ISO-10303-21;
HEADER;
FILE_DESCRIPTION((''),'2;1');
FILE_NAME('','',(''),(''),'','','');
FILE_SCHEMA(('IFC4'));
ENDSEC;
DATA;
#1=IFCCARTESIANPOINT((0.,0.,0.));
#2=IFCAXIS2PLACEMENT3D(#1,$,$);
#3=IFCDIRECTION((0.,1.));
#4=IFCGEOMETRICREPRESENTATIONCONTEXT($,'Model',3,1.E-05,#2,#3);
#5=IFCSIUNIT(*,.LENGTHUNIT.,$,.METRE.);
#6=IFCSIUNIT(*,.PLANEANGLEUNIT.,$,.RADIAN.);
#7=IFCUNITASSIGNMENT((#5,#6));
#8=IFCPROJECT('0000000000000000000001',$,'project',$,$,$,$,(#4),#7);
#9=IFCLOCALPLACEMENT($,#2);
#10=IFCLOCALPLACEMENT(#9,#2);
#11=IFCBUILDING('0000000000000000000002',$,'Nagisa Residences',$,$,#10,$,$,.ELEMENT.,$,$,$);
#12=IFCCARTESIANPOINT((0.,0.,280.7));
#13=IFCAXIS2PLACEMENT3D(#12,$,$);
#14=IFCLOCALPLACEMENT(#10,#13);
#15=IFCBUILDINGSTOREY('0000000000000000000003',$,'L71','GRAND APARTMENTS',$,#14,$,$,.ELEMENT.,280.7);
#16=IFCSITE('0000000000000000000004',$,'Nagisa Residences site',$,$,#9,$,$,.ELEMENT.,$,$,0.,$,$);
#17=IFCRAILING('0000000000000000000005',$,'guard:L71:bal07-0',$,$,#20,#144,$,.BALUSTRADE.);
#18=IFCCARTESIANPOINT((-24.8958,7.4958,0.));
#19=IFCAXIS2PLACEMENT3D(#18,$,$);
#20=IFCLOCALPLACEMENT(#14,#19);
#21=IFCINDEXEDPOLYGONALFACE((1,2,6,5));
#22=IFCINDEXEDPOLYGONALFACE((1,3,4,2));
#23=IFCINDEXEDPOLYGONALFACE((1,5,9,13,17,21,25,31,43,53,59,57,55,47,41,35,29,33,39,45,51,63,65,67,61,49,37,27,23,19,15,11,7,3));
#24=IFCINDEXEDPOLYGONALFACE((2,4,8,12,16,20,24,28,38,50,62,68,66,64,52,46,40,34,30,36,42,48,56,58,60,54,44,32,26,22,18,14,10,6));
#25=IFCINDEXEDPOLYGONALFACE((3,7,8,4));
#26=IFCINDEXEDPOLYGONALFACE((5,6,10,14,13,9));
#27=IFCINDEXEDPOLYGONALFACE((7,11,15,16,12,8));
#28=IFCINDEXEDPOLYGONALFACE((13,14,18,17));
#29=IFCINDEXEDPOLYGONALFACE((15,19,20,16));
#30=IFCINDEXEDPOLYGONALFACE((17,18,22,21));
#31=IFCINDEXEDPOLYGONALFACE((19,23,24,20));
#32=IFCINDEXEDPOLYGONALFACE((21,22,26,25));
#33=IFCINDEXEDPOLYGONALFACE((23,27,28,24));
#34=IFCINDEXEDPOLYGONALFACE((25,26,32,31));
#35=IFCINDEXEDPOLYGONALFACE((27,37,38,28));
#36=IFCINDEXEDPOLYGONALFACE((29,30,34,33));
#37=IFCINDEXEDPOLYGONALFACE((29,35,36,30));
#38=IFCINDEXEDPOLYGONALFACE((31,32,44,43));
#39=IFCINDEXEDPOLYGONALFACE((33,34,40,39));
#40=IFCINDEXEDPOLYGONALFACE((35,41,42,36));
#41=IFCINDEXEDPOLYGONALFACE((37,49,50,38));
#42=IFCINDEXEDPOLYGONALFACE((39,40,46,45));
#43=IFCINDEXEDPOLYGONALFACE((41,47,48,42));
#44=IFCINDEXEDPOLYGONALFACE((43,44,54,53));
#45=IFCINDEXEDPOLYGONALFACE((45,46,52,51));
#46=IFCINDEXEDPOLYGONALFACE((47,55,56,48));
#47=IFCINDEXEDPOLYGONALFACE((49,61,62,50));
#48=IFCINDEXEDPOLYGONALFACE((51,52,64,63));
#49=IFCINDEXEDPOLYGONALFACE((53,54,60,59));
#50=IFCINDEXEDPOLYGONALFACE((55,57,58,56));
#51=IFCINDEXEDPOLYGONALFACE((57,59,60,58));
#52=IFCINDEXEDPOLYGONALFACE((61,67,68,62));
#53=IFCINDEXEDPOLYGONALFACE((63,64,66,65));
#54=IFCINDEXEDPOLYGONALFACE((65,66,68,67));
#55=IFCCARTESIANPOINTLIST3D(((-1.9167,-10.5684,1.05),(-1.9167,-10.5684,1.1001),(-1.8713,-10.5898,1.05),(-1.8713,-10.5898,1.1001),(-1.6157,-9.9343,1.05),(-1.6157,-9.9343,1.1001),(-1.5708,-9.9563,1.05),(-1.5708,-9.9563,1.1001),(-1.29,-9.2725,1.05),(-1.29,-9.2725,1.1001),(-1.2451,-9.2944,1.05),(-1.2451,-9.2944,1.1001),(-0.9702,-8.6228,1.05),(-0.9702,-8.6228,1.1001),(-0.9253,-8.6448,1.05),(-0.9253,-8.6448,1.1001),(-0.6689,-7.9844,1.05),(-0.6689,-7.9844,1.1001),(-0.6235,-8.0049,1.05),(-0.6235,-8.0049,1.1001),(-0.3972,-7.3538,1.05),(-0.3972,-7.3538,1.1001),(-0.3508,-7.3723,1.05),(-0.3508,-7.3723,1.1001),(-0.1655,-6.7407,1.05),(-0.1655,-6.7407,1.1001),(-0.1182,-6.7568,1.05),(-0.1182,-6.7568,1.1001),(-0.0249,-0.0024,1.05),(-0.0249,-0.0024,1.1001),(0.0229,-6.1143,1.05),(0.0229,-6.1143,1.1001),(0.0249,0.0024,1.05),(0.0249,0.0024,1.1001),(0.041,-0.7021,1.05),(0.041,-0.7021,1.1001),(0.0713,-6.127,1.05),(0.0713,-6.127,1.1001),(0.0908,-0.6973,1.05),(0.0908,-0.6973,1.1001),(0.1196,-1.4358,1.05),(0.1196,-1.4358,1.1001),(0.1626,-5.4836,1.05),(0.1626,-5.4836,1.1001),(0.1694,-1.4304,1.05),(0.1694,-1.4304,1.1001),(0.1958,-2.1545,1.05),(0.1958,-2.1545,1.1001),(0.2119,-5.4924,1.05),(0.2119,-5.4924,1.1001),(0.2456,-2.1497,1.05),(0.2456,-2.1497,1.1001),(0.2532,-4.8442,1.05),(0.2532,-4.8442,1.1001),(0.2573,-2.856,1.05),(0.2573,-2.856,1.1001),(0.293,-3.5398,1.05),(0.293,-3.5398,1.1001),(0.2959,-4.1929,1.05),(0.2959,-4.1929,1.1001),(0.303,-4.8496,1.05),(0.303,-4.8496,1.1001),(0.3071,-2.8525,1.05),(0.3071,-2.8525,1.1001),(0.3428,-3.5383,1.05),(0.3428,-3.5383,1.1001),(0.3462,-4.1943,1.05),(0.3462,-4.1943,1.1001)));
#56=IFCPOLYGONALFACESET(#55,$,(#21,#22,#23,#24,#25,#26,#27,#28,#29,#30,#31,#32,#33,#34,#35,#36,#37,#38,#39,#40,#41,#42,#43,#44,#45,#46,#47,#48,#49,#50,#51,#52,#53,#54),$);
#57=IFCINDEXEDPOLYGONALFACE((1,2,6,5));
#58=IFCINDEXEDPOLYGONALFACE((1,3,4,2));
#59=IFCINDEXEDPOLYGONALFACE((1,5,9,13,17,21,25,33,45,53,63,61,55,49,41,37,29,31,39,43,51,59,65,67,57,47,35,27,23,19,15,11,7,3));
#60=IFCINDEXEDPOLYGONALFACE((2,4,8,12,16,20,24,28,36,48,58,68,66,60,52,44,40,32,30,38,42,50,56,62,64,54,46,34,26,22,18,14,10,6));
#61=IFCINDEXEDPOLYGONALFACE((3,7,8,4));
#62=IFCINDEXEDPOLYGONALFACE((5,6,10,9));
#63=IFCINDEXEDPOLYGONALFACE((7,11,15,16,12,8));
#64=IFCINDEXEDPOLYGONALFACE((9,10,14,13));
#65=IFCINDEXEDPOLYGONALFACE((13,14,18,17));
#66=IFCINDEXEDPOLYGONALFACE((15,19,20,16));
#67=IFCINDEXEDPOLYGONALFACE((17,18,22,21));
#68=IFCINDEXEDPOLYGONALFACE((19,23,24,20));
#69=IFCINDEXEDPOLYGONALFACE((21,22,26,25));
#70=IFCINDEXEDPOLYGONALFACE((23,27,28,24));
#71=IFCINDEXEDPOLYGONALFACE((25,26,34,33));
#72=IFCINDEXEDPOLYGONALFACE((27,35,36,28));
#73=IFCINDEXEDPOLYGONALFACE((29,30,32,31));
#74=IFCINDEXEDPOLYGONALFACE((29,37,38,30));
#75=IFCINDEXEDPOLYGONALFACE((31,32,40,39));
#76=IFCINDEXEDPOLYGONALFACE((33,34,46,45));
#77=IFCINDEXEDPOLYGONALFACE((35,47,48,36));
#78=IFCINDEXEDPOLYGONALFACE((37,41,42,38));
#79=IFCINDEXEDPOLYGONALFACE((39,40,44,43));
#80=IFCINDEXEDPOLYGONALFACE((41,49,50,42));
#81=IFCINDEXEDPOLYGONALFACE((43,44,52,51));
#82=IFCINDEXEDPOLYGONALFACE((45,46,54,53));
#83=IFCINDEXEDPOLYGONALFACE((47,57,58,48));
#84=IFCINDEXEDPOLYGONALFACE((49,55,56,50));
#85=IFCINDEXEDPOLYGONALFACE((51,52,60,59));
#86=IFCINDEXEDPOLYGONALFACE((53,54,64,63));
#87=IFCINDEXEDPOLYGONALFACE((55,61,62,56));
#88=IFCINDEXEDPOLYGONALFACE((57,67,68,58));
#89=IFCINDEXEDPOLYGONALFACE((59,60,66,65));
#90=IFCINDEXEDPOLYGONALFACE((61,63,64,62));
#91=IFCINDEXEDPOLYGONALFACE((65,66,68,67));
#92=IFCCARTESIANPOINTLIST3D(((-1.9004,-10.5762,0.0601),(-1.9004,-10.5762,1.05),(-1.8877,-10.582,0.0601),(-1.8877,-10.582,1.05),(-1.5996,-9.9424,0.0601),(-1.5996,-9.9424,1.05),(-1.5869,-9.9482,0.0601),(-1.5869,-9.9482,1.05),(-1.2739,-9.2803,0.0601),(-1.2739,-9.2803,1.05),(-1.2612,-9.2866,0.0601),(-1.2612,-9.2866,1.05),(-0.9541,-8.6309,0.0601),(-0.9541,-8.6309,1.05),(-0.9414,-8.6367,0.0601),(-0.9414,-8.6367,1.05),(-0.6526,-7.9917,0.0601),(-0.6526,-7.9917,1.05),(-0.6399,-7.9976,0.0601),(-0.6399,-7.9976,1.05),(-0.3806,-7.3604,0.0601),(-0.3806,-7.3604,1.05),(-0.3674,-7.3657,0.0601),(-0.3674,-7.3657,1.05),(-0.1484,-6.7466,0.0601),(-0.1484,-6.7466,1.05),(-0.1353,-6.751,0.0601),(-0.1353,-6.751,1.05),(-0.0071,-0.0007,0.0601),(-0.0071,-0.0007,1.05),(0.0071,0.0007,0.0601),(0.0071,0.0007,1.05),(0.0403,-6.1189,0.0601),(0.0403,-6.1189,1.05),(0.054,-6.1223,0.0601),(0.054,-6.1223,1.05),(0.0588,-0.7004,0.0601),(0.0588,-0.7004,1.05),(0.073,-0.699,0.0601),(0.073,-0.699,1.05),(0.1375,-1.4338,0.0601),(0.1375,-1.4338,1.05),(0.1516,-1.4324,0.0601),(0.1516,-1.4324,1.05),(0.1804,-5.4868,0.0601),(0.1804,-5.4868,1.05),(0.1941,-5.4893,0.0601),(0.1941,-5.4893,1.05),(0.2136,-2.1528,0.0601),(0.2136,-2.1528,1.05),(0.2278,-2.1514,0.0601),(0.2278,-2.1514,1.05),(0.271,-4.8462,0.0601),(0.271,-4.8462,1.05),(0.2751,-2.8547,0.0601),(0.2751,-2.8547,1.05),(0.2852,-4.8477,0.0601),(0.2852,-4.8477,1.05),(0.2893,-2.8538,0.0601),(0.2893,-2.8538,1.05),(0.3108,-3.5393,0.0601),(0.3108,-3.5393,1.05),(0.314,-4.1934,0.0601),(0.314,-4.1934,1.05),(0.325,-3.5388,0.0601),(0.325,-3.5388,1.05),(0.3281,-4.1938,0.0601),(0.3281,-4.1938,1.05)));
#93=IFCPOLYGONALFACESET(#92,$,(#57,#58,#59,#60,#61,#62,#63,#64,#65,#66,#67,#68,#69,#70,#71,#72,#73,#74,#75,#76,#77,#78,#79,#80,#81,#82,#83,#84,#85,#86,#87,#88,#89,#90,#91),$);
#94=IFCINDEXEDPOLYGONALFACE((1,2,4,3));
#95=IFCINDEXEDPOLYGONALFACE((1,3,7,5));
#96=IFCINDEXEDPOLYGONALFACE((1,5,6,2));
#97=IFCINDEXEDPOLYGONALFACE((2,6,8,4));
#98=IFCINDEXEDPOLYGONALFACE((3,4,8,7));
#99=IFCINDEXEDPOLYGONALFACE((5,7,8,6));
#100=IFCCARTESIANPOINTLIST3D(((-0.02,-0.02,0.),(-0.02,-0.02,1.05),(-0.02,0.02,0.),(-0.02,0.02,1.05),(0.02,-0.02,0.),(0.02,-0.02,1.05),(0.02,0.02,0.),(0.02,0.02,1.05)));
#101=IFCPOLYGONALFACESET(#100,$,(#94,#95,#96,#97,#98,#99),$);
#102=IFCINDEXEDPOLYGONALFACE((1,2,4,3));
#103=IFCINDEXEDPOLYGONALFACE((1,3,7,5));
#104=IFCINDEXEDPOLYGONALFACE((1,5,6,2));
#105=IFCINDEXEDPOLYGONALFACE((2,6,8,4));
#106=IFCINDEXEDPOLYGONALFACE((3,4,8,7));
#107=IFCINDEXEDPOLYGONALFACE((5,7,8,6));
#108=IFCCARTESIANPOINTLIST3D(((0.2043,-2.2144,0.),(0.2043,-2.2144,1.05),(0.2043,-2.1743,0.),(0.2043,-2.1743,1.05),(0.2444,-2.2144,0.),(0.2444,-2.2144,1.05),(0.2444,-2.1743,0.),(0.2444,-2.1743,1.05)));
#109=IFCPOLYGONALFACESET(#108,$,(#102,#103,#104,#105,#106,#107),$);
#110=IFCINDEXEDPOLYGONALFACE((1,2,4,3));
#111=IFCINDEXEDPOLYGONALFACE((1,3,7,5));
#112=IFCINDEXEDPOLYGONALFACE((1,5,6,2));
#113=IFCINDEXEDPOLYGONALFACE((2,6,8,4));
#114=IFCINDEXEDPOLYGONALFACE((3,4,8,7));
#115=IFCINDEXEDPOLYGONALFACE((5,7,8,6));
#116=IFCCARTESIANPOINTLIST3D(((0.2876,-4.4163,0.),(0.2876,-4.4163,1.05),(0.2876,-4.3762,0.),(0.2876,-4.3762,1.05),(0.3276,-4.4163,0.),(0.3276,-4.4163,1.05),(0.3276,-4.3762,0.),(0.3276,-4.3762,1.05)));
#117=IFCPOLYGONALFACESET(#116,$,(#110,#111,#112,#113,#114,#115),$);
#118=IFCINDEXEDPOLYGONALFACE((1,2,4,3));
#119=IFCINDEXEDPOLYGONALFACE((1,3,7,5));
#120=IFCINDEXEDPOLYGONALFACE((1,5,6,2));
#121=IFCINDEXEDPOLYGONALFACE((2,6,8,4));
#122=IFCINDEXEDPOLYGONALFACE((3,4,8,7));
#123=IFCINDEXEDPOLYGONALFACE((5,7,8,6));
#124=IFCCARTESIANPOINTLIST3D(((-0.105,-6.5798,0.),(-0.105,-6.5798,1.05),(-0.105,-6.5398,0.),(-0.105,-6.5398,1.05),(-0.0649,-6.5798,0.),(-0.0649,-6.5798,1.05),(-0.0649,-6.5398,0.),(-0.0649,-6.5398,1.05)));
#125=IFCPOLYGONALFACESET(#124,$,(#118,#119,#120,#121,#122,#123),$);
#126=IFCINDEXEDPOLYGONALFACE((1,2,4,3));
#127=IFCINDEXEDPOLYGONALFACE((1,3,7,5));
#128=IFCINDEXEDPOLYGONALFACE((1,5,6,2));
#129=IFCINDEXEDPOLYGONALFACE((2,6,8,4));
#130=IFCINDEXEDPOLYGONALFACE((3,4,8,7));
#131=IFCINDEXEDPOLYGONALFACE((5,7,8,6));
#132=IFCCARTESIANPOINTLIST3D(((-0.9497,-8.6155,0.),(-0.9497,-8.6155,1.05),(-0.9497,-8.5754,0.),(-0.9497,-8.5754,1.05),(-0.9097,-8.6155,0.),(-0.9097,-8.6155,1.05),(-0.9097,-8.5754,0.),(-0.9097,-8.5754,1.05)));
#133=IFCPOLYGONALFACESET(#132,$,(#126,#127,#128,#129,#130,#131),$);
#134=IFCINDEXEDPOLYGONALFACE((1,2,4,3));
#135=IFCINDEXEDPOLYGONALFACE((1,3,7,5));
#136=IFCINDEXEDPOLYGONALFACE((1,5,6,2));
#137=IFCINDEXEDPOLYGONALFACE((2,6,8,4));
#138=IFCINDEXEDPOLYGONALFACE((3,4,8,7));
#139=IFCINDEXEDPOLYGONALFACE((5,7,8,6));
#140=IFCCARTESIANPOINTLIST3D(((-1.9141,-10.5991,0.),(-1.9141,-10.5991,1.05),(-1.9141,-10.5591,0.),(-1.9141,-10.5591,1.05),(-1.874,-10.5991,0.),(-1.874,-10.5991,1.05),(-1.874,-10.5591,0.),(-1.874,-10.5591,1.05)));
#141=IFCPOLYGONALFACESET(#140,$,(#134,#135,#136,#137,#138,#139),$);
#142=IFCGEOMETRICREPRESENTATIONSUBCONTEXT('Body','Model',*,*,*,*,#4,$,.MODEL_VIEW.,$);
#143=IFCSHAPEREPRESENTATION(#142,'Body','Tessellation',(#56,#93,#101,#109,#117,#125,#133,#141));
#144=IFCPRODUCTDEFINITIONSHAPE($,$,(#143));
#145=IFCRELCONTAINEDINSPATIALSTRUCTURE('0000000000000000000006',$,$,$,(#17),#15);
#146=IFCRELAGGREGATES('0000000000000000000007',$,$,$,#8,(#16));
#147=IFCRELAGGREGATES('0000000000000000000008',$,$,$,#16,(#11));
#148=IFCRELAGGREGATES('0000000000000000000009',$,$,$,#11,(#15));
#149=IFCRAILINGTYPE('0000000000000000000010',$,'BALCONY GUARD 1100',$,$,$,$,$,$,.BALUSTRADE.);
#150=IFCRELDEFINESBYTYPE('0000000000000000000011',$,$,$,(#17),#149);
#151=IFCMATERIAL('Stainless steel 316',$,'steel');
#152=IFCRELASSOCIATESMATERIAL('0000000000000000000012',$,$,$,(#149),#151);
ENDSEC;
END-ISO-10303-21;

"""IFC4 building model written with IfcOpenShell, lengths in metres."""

from ifc_helpers import new_model, si_unit, direction, frame, origin, origin_2d, place, context, subcontext, project, spatial, polyline, rectangle, outline, extrude, material, type_object, element, save


model = new_model("IFC4")

# Units and contexts
model_context = context("Model", 3, precision=1e-05, world=origin(), true_north=direction((0.0, 1.0)))
body_context = subcontext(model_context, "Body", "Model", "MODEL_VIEW")
ifc_project = project(units=[si_unit("LENGTHUNIT", "METRE"), si_unit("PLANEANGLEUNIT", "RADIAN")], contexts=[model_context])

# Site, building, storey
site_placement = place(None, origin())
site = spatial("IfcSite", under=ifc_project, at=site_placement, Name="Nagisa Residences site", CompositionType="ELEMENT", RefElevation=0.0)
building_placement = place(site_placement, origin())
building = spatial("IfcBuilding", under=site, at=building_placement, Name="Nagisa Residences", CompositionType="ELEMENT")
storey_placement = place(building_placement, frame((0.0, 0.0, 280.7)))
storey = spatial("IfcBuildingStorey", under=building, at=storey_placement, Name="L71", Description="GRAND APARTMENTS", CompositionType="ELEMENT", Elevation=280.7)

# Railing
ifc_material_1 = material(Name="Stainless steel 316", Category="steel")
railing_type = type_object("IfcRailingType", Name="BALCONY GUARD 1100", PredefinedType="BALUSTRADE", material=ifc_material_1)
railing_placement = place(storey_placement, frame((-24.8958, 7.4958, 0.0)))
element("IfcRailing", 1, at=railing_placement, inside=storey, type_object=railing_type, Name="guard:L71:bal07-0", PredefinedType="BALUSTRADE", context=body_context, shape_type="SweptSolid", body=[
    extrude(outline(polyline([(0.0908, -0.6973), (0.0249, 0.0024), (-0.0249, -0.0024), (0.041, -0.7021), (0.1196, -1.4358), (0.1958, -2.1545), (0.2573, -2.856), (0.293, -3.5398), (0.2959, -4.1929), (0.2532, -4.8442), (0.1626, -5.4836), (0.0229, -6.1143), (-0.1655, -6.7407), (-0.3972, -7.3538), (-0.6689, -7.9844), (-0.9702, -8.6228), (-1.29, -9.2725), (-1.6157, -9.9343), (-1.9167, -10.5684), (-1.8713, -10.5898), (-1.5708, -9.9563), (-1.2451, -9.2944), (-0.9253, -8.6448), (-0.6235, -8.0049), (-0.3508, -7.3723), (-0.1182, -6.7568), (0.0713, -6.127), (0.2119, -5.4924), (0.303, -4.8496), (0.3462, -4.1943), (0.3428, -3.5383), (0.3071, -2.8525), (0.2456, -2.1497), (0.1694, -1.4304), (0.0908, -0.6973)])), frame((0.0, 0.0, 1.05)), (0.0, 0.0, 1.0), 0.05),
    extrude(outline(polyline([(0.073, -0.699), (0.0071, 0.0007), (-0.0071, -0.0007), (0.0588, -0.7004), (0.1375, -1.4338), (0.2136, -2.1528), (0.2751, -2.8547), (0.3108, -3.5393), (0.314, -4.1934), (0.271, -4.8462), (0.1804, -5.4868), (0.0403, -6.1189), (-0.1484, -6.7466), (-0.3806, -7.3604), (-0.6526, -7.9917), (-0.9541, -8.6309), (-1.2739, -9.2803), (-1.5996, -9.9424), (-1.9004, -10.5762), (-1.8877, -10.582), (-1.5869, -9.9482), (-1.2612, -9.2866), (-0.9414, -8.6367), (-0.6399, -7.9976), (-0.3674, -7.3657), (-0.1353, -6.751), (0.054, -6.1223), (0.1941, -5.4893), (0.2852, -4.8477), (0.3281, -4.1938), (0.325, -3.5388), (0.2893, -2.8538), (0.2278, -2.1514), (0.1516, -1.4324), (0.073, -0.699)])), frame((0.0, 0.0, 0.0601)), (0.0, 0.0, 1.0), 0.99),
    extrude(rectangle(XDim=0.04, YDim=0.04, at=origin_2d()), origin(), (0.0, 0.0, 1.0), 1.05),
    extrude(rectangle(XDim=0.04, YDim=0.04, at=origin_2d()), frame((0.2244, -2.1943, 0.0)), (0.0, 0.0, 1.0), 1.05),
    extrude(rectangle(XDim=0.04, YDim=0.04, at=origin_2d()), frame((0.3076, -4.3962, 0.0)), (0.0, 0.0, 1.0), 1.05),
    extrude(rectangle(XDim=0.04, YDim=0.04, at=origin_2d()), frame((-0.085, -6.5598, 0.0)), (0.0, 0.0, 1.0), 1.05),
    extrude(rectangle(XDim=0.04, YDim=0.04, at=origin_2d()), frame((-0.9297, -8.5955, 0.0)), (0.0, 0.0, 1.0), 1.05),
    extrude(rectangle(XDim=0.04, YDim=0.04, at=origin_2d()), frame((-1.894, -10.5791, 0.0)), (0.0, 0.0, 1.0), 1.05),
])

save(model, "model.ifc")
